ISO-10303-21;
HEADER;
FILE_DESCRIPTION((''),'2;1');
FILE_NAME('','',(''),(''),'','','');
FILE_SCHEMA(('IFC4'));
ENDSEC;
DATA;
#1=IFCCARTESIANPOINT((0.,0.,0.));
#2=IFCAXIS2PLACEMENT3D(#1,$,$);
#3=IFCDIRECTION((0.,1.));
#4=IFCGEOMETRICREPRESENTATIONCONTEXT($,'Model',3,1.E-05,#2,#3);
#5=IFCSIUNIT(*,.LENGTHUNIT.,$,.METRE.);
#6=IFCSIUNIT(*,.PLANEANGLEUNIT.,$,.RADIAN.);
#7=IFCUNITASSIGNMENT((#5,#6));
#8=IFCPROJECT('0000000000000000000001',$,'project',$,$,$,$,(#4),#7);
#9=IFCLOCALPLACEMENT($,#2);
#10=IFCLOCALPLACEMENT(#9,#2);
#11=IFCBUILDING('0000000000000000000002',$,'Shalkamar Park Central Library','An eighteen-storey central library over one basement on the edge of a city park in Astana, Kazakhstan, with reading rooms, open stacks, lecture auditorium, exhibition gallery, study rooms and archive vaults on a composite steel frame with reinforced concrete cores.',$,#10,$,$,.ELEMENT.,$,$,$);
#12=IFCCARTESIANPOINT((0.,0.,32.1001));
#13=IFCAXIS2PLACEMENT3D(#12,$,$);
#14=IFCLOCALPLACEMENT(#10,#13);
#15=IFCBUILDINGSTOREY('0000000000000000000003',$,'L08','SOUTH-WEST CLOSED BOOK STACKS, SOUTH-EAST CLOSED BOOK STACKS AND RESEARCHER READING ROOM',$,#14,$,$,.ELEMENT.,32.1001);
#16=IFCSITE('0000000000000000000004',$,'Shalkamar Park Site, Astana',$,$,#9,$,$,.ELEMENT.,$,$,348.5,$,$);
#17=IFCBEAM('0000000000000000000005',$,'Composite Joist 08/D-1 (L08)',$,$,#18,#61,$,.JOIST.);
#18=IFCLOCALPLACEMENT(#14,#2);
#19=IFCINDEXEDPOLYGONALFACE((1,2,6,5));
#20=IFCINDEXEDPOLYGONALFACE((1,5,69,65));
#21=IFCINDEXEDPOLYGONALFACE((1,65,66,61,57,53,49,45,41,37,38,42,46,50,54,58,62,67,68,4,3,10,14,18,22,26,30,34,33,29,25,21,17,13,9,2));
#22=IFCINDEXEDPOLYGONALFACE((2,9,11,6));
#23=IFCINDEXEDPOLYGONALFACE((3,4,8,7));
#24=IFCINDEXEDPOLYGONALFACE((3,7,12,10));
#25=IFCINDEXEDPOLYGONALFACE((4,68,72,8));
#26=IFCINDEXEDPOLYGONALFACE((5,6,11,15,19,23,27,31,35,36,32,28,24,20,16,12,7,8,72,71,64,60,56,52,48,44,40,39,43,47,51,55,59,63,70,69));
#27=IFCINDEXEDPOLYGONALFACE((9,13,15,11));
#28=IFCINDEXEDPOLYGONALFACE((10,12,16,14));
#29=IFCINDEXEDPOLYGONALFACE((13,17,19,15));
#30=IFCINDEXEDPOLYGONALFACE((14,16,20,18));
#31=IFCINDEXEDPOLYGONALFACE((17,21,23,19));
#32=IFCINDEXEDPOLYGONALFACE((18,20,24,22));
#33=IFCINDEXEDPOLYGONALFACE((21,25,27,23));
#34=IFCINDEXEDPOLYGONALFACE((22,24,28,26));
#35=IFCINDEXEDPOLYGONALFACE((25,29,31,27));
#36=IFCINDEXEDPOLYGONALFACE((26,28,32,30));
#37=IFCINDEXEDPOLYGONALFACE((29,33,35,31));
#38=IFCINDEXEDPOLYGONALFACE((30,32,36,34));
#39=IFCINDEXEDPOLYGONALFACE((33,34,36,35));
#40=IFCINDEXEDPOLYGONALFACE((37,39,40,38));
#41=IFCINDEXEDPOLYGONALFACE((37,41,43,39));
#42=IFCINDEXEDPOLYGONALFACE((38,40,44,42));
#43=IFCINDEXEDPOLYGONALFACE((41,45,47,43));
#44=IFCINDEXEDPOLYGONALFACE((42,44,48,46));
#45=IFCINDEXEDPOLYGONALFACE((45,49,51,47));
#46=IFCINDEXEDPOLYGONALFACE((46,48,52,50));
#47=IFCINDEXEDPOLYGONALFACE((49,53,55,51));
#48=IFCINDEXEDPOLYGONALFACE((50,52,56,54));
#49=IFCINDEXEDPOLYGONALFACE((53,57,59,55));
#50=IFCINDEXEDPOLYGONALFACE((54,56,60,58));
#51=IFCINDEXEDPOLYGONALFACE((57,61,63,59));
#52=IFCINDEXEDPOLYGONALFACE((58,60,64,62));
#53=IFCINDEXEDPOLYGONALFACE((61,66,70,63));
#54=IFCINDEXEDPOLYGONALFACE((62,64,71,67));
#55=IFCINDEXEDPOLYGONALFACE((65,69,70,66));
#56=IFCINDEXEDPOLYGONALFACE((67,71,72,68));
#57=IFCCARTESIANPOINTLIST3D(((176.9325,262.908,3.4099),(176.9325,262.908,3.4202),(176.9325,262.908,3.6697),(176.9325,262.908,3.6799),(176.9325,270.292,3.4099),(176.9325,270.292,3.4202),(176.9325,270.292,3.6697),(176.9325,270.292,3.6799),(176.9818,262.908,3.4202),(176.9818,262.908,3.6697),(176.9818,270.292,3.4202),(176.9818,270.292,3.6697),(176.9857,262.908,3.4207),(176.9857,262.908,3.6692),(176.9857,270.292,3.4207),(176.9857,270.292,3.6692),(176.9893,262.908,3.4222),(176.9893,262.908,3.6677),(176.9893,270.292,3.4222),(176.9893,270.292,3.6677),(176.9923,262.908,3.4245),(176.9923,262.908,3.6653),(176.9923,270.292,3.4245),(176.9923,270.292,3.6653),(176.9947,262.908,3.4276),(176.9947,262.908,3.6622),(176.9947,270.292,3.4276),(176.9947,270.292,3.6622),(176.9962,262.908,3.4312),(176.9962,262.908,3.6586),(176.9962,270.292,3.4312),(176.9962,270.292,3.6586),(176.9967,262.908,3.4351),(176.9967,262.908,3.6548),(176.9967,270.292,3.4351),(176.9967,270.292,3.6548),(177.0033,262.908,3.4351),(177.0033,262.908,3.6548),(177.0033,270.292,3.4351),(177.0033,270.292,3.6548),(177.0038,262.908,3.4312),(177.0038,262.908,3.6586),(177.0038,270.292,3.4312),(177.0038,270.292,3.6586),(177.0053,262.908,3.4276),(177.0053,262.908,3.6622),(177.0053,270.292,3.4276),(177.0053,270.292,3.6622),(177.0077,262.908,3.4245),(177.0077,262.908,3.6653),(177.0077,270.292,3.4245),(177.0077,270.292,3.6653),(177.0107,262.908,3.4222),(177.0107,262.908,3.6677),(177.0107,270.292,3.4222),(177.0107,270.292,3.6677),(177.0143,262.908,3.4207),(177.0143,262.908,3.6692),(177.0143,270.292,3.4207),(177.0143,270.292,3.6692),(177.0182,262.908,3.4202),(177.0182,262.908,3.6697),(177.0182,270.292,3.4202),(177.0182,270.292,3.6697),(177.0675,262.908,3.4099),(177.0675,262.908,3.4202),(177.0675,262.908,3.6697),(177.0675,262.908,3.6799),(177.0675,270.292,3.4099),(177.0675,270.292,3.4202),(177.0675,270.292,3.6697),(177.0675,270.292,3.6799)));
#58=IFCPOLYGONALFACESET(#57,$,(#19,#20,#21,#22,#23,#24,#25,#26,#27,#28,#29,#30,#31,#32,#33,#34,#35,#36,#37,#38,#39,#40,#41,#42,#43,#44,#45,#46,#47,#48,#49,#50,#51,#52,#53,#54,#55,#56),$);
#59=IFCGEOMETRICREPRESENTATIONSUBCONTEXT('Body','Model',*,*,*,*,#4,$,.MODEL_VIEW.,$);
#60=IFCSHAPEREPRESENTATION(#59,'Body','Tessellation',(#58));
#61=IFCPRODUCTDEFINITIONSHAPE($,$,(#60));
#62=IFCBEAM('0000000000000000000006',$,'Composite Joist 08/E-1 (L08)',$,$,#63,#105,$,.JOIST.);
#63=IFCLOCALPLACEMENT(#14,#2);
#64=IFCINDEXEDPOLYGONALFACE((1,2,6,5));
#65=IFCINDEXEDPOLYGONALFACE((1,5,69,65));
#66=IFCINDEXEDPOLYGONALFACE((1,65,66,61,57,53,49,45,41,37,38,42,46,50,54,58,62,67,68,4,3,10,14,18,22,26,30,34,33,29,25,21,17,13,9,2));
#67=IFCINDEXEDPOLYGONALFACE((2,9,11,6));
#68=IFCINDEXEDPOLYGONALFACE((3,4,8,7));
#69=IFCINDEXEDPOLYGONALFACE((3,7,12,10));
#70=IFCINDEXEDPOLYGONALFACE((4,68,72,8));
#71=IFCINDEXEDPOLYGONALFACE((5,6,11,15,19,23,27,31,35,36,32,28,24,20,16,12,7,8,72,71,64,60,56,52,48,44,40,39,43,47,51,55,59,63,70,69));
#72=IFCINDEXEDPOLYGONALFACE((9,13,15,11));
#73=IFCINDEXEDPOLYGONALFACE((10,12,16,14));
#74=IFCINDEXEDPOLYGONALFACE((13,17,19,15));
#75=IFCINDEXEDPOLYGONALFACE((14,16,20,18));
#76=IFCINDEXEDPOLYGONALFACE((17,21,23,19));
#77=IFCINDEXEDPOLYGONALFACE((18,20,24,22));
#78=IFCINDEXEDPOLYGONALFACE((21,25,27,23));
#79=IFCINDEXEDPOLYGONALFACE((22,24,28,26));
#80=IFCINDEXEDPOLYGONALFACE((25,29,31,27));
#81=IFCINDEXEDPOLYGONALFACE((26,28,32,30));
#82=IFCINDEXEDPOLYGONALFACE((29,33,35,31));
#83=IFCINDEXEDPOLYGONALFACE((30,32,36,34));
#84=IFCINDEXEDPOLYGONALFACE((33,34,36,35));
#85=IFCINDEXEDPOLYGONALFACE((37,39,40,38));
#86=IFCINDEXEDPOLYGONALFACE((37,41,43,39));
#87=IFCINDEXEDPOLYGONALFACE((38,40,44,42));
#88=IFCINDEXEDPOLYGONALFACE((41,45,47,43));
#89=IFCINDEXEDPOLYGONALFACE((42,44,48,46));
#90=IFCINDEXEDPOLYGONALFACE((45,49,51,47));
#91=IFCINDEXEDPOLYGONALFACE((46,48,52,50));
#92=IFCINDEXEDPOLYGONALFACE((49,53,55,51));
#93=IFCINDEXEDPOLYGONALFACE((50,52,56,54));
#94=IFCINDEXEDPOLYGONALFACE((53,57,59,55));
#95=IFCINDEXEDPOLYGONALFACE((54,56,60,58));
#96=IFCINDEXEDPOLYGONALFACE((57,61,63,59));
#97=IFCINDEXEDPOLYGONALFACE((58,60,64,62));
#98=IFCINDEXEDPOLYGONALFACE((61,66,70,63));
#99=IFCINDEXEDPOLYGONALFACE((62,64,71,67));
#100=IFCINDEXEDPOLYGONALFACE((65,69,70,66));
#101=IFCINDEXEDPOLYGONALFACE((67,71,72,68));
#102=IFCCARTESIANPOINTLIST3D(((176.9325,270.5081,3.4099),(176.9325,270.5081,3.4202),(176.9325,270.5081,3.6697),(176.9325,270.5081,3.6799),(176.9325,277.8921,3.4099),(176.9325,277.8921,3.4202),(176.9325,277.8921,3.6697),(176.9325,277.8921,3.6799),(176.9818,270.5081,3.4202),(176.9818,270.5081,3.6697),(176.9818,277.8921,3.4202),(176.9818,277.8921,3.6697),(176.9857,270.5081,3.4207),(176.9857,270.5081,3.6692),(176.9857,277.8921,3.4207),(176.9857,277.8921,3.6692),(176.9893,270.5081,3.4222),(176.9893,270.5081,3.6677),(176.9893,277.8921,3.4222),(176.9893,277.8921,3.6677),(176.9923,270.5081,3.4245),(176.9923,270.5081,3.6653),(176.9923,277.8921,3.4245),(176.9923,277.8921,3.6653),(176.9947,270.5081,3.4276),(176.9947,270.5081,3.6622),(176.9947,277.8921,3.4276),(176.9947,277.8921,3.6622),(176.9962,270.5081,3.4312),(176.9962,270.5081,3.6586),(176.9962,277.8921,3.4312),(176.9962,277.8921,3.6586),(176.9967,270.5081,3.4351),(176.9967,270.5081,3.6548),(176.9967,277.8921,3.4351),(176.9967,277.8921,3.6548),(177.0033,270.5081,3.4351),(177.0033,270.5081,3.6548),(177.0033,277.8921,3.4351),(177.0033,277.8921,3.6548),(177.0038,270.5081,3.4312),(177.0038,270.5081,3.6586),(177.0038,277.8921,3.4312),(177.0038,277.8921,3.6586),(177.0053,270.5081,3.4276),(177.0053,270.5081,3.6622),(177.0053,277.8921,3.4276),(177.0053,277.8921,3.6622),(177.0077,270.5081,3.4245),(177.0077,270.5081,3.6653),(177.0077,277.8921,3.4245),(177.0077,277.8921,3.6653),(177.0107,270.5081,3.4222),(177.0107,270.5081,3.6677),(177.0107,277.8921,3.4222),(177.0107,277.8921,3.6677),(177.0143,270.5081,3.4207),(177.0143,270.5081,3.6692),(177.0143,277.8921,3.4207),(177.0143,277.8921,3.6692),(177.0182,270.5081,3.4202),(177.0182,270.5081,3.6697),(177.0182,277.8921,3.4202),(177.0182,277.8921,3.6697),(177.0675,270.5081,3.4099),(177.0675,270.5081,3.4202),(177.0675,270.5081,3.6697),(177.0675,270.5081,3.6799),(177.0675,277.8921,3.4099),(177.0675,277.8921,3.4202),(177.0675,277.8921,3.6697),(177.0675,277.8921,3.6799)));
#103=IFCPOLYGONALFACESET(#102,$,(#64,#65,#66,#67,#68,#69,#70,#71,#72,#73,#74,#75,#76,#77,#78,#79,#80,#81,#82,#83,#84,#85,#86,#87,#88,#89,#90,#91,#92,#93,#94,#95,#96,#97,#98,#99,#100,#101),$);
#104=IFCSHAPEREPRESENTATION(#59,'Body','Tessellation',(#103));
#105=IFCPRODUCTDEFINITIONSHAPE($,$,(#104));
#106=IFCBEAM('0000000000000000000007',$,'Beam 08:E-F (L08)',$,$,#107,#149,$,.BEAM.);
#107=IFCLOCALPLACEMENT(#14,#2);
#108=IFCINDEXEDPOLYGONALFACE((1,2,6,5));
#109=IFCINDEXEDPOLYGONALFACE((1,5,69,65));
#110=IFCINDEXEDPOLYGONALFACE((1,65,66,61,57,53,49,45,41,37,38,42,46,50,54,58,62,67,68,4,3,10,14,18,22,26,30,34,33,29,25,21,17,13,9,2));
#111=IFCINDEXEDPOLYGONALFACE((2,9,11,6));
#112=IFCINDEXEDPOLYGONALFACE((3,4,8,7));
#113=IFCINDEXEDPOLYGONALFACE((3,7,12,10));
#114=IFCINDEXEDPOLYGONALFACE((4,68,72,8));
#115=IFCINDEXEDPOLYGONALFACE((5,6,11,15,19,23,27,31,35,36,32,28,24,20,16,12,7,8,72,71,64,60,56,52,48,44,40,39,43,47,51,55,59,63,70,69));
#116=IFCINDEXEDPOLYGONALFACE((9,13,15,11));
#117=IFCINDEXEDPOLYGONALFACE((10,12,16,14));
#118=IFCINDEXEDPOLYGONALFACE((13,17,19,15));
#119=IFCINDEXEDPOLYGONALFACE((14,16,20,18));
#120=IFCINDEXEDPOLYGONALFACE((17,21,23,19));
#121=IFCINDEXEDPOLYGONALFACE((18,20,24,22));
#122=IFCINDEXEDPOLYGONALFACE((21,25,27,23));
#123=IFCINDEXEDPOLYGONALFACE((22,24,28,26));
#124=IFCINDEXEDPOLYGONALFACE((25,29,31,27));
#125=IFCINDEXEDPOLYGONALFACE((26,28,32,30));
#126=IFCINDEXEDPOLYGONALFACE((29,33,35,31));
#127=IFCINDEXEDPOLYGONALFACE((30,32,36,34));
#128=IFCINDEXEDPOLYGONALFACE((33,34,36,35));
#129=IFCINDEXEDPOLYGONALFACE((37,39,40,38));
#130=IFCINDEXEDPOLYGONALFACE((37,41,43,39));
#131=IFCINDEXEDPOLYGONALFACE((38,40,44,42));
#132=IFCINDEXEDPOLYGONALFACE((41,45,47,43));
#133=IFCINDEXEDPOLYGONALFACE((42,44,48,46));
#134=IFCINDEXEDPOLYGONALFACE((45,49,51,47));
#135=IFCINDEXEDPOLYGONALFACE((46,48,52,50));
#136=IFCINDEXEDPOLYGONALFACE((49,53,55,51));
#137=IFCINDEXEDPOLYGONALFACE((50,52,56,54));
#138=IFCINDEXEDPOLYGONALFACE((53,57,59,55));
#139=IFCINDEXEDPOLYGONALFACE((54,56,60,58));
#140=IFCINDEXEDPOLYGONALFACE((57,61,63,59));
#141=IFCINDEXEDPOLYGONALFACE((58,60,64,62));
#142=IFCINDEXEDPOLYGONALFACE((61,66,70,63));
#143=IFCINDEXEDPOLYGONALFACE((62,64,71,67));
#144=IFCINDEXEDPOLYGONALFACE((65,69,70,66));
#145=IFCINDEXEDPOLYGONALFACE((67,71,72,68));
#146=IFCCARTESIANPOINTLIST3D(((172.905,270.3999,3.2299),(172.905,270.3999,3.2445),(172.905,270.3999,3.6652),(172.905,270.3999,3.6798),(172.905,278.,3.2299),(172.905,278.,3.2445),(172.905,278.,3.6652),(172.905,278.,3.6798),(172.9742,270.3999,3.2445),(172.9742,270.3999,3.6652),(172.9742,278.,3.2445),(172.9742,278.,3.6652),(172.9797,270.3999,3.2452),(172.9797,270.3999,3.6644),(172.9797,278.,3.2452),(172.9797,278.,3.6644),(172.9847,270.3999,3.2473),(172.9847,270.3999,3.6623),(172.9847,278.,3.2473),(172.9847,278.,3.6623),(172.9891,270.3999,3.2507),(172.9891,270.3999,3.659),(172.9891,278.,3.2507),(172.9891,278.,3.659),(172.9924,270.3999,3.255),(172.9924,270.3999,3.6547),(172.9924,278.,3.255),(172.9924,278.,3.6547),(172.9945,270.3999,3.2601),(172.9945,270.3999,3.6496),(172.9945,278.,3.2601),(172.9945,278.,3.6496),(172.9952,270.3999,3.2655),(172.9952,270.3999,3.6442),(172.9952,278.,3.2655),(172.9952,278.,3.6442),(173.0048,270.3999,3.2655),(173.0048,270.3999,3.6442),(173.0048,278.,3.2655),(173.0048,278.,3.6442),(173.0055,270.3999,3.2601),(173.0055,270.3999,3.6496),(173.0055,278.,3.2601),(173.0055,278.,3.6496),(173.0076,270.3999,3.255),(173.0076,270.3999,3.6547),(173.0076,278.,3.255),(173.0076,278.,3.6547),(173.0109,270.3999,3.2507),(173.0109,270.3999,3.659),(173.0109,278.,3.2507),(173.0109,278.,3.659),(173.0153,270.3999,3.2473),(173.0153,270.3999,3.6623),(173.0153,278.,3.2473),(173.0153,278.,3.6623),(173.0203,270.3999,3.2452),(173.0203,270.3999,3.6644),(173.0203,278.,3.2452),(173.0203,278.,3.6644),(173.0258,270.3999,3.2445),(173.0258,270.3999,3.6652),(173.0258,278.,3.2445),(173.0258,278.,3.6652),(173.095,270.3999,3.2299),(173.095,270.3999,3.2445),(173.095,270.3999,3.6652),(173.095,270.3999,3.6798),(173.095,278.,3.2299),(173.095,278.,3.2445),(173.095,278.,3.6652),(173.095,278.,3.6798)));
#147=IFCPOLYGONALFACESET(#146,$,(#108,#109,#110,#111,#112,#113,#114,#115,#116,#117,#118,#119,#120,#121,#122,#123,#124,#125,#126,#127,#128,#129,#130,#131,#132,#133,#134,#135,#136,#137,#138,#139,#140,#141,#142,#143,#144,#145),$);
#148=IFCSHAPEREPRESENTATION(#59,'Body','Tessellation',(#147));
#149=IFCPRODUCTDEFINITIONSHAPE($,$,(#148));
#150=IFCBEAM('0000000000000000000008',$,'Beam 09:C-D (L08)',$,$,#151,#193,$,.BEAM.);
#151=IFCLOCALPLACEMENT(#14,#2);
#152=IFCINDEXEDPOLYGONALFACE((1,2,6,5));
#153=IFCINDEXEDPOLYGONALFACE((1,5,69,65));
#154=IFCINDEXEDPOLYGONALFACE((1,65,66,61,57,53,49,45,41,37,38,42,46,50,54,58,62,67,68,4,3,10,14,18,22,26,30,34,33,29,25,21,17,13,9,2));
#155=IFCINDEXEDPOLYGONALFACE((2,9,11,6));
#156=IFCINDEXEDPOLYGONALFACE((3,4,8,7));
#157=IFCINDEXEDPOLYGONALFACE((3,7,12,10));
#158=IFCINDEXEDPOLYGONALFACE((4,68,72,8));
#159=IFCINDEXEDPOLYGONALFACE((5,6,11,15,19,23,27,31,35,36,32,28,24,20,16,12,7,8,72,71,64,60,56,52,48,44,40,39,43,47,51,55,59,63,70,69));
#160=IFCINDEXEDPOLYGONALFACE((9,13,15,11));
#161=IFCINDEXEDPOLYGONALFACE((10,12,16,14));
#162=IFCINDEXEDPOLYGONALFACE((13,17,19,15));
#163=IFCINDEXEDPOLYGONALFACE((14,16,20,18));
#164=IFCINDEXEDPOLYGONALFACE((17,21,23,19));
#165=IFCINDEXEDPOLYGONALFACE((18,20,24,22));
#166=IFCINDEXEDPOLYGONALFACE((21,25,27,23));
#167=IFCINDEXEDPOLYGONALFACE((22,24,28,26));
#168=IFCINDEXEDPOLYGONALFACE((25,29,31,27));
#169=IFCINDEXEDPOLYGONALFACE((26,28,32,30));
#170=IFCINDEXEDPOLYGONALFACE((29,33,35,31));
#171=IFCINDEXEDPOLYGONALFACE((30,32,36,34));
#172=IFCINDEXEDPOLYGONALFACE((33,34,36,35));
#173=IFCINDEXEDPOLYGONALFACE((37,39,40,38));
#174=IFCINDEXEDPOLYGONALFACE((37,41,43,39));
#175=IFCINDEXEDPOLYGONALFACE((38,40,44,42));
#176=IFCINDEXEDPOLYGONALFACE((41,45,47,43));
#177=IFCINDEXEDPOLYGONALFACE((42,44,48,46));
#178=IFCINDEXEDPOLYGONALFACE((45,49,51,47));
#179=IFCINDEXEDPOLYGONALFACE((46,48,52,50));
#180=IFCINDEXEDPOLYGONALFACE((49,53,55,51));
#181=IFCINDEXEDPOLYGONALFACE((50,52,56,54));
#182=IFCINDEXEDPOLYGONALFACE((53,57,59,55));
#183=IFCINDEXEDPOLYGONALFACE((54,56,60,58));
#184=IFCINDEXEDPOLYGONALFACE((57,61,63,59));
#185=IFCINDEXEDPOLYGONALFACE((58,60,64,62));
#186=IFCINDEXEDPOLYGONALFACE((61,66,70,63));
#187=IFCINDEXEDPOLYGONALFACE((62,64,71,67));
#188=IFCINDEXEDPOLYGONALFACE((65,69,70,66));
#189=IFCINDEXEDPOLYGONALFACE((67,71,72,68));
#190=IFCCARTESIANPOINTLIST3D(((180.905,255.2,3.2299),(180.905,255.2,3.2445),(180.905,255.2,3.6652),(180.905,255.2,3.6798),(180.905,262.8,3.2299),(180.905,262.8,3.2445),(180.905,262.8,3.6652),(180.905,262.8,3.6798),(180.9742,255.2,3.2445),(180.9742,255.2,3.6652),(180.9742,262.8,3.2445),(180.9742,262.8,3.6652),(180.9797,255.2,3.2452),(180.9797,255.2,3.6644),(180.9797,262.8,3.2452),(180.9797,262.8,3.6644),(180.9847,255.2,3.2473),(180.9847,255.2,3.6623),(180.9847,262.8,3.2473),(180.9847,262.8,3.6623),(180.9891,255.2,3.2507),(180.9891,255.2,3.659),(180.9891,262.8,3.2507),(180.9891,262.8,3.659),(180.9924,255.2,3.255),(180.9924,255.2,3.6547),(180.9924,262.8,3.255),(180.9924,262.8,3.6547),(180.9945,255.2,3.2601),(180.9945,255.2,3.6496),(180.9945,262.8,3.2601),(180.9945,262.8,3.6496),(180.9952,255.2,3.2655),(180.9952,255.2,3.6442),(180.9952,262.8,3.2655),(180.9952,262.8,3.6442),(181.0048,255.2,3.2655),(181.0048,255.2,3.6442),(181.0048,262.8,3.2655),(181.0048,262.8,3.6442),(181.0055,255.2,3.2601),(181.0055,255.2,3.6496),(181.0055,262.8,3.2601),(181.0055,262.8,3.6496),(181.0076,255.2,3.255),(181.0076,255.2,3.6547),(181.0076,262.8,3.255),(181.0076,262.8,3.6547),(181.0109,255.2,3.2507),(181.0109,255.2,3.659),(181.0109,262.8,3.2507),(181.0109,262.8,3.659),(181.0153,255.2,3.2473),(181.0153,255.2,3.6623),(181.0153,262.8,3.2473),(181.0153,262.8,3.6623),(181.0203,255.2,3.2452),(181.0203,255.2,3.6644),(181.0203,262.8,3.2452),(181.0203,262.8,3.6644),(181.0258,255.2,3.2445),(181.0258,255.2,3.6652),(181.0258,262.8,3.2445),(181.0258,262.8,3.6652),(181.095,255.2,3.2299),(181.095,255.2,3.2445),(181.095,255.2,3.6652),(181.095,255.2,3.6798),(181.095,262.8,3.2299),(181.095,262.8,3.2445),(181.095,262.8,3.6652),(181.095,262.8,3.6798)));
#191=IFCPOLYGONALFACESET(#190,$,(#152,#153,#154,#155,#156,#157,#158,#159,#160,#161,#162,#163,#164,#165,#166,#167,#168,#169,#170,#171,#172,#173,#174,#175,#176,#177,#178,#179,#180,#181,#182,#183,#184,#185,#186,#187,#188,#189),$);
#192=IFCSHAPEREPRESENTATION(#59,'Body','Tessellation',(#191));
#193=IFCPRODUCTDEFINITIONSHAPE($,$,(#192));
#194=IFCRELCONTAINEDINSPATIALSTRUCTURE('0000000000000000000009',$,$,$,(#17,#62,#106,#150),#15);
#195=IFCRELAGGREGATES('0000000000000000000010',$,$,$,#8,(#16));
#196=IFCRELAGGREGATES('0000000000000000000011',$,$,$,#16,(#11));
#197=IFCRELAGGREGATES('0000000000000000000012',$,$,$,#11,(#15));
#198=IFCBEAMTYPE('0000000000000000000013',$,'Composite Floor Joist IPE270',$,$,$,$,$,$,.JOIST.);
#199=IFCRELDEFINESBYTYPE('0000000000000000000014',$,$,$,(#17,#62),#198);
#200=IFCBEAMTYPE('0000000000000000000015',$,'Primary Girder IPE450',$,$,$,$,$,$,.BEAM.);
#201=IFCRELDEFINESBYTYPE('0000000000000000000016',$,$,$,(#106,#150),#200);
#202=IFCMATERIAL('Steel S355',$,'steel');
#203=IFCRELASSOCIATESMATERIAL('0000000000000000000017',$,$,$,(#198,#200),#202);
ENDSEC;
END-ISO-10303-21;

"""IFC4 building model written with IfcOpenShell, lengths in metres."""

from ifc_helpers import new_model, si_unit, direction, frame, origin, origin_2d, place, context, subcontext, project, spatial, i_section, extrude, material, material_profile, profile_set, type_object, element, save


model = new_model("IFC4")

# Units and contexts
model_context = context("Model", 3, precision=1e-05, world=origin(), true_north=direction((0.0, 1.0)))
body_context = subcontext(model_context, "Body", "Model", "MODEL_VIEW")
ifc_project = project(units=[si_unit("LENGTHUNIT", "METRE"), si_unit("PLANEANGLEUNIT", "RADIAN")], contexts=[model_context])

# Site, building, storey
site_placement = place(None, origin())
site = spatial("IfcSite", under=ifc_project, at=site_placement, Name="Shalkamar Park Site, Astana", CompositionType="ELEMENT", RefElevation=348.5)
building_placement = place(site_placement, origin())
building = spatial("IfcBuilding", under=site, at=building_placement, Name="Shalkamar Park Central Library", Description="An eighteen-storey central library over one basement on the edge of a city park in Astana, Kazakhstan, with reading rooms, open stacks, lecture auditorium, exhibition gallery, study rooms and archive vaults on a composite steel frame with reinforced concrete cores.", CompositionType="ELEMENT")
storey_placement = place(building_placement, frame((0.0, 0.0, 32.1001)))
storey = spatial("IfcBuildingStorey", under=building, at=storey_placement, Name="L08", Description="SOUTH-WEST CLOSED BOOK STACKS, SOUTH-EAST CLOSED BOOK STACKS AND RESEARCHER READING ROOM", CompositionType="ELEMENT", Elevation=32.1001)

# Shared definitions
ifc_material_1 = material(Name="Steel S355", Category="steel")

# Beams
ifc_material_profile_1 = material_profile(ifc_material_1, i_section(OverallWidth=0.135, OverallDepth=0.27, WebThickness=0.0066, FlangeThickness=0.0103, FilletRadius=0.0149, at=origin_2d()), Name="IPE 270")
ifc_profile_set_1 = profile_set([ifc_material_profile_1], Name="Steel S355")
beam_type_1 = type_object("IfcBeamType", Name="Composite Floor Joist IPE270", PredefinedType="JOIST", material=ifc_profile_set_1)
for number, where, z_axis, x_axis, name in (
    (1, (177.0, 262.908, 3.5449), (0.0, 1.0, 0.0), (-1.0, 0.0, 0.0), "Composite Joist 08/D-1 (L08)"),
    (2, (177.0, 270.5081, 3.5449), (0.0, 1.0, 0.0), (-1.0, 0.0, 0.0), "Composite Joist 08/E-1 (L08)"),
):
    element("IfcBeam", number, at=place(storey_placement, frame(where, z_axis=z_axis, x_axis=x_axis)), inside=storey, type_object=beam_type_1, Name=name, PredefinedType="JOIST", context=body_context, shape_type="SweptSolid", body=[
        extrude(i_section(OverallWidth=0.135, OverallDepth=0.27, WebThickness=0.0066, FlangeThickness=0.0103, FilletRadius=0.0149, at=origin_2d()), origin(), (0.0, 0.0, 1.0), 7.384),
    ])
ifc_material_profile_2 = material_profile(ifc_material_1, i_section(OverallWidth=0.1899, OverallDepth=0.45, WebThickness=0.0095, FlangeThickness=0.0146, FilletRadius=0.021, at=origin_2d()), Name="IPE 450")
ifc_profile_set_2 = profile_set([ifc_material_profile_2], Name="Steel S355")
beam_type_2 = type_object("IfcBeamType", Name="Primary Girder IPE450", PredefinedType="BEAM", material=ifc_profile_set_2)
for number, where, z_axis, x_axis, name in (
    (3, (173.0, 270.3999, 3.4548), (0.0, 1.0, 0.0), (-1.0, 0.0, 0.0), "Beam 08:E-F (L08)"),
    (4, (181.0, 255.2, 3.4548), (0.0, 1.0, 0.0), (-1.0, 0.0, 0.0), "Beam 09:C-D (L08)"),
):
    element("IfcBeam", number, at=place(storey_placement, frame(where, z_axis=z_axis, x_axis=x_axis)), inside=storey, type_object=beam_type_2, Name=name, PredefinedType="BEAM", context=body_context, shape_type="SweptSolid", body=[
        extrude(i_section(OverallWidth=0.1899, OverallDepth=0.45, WebThickness=0.0095, FlangeThickness=0.0146, FilletRadius=0.021, at=origin_2d()), origin(), (0.0, 0.0, 1.0), 7.6001),
    ])

save(model, "model.ifc")
